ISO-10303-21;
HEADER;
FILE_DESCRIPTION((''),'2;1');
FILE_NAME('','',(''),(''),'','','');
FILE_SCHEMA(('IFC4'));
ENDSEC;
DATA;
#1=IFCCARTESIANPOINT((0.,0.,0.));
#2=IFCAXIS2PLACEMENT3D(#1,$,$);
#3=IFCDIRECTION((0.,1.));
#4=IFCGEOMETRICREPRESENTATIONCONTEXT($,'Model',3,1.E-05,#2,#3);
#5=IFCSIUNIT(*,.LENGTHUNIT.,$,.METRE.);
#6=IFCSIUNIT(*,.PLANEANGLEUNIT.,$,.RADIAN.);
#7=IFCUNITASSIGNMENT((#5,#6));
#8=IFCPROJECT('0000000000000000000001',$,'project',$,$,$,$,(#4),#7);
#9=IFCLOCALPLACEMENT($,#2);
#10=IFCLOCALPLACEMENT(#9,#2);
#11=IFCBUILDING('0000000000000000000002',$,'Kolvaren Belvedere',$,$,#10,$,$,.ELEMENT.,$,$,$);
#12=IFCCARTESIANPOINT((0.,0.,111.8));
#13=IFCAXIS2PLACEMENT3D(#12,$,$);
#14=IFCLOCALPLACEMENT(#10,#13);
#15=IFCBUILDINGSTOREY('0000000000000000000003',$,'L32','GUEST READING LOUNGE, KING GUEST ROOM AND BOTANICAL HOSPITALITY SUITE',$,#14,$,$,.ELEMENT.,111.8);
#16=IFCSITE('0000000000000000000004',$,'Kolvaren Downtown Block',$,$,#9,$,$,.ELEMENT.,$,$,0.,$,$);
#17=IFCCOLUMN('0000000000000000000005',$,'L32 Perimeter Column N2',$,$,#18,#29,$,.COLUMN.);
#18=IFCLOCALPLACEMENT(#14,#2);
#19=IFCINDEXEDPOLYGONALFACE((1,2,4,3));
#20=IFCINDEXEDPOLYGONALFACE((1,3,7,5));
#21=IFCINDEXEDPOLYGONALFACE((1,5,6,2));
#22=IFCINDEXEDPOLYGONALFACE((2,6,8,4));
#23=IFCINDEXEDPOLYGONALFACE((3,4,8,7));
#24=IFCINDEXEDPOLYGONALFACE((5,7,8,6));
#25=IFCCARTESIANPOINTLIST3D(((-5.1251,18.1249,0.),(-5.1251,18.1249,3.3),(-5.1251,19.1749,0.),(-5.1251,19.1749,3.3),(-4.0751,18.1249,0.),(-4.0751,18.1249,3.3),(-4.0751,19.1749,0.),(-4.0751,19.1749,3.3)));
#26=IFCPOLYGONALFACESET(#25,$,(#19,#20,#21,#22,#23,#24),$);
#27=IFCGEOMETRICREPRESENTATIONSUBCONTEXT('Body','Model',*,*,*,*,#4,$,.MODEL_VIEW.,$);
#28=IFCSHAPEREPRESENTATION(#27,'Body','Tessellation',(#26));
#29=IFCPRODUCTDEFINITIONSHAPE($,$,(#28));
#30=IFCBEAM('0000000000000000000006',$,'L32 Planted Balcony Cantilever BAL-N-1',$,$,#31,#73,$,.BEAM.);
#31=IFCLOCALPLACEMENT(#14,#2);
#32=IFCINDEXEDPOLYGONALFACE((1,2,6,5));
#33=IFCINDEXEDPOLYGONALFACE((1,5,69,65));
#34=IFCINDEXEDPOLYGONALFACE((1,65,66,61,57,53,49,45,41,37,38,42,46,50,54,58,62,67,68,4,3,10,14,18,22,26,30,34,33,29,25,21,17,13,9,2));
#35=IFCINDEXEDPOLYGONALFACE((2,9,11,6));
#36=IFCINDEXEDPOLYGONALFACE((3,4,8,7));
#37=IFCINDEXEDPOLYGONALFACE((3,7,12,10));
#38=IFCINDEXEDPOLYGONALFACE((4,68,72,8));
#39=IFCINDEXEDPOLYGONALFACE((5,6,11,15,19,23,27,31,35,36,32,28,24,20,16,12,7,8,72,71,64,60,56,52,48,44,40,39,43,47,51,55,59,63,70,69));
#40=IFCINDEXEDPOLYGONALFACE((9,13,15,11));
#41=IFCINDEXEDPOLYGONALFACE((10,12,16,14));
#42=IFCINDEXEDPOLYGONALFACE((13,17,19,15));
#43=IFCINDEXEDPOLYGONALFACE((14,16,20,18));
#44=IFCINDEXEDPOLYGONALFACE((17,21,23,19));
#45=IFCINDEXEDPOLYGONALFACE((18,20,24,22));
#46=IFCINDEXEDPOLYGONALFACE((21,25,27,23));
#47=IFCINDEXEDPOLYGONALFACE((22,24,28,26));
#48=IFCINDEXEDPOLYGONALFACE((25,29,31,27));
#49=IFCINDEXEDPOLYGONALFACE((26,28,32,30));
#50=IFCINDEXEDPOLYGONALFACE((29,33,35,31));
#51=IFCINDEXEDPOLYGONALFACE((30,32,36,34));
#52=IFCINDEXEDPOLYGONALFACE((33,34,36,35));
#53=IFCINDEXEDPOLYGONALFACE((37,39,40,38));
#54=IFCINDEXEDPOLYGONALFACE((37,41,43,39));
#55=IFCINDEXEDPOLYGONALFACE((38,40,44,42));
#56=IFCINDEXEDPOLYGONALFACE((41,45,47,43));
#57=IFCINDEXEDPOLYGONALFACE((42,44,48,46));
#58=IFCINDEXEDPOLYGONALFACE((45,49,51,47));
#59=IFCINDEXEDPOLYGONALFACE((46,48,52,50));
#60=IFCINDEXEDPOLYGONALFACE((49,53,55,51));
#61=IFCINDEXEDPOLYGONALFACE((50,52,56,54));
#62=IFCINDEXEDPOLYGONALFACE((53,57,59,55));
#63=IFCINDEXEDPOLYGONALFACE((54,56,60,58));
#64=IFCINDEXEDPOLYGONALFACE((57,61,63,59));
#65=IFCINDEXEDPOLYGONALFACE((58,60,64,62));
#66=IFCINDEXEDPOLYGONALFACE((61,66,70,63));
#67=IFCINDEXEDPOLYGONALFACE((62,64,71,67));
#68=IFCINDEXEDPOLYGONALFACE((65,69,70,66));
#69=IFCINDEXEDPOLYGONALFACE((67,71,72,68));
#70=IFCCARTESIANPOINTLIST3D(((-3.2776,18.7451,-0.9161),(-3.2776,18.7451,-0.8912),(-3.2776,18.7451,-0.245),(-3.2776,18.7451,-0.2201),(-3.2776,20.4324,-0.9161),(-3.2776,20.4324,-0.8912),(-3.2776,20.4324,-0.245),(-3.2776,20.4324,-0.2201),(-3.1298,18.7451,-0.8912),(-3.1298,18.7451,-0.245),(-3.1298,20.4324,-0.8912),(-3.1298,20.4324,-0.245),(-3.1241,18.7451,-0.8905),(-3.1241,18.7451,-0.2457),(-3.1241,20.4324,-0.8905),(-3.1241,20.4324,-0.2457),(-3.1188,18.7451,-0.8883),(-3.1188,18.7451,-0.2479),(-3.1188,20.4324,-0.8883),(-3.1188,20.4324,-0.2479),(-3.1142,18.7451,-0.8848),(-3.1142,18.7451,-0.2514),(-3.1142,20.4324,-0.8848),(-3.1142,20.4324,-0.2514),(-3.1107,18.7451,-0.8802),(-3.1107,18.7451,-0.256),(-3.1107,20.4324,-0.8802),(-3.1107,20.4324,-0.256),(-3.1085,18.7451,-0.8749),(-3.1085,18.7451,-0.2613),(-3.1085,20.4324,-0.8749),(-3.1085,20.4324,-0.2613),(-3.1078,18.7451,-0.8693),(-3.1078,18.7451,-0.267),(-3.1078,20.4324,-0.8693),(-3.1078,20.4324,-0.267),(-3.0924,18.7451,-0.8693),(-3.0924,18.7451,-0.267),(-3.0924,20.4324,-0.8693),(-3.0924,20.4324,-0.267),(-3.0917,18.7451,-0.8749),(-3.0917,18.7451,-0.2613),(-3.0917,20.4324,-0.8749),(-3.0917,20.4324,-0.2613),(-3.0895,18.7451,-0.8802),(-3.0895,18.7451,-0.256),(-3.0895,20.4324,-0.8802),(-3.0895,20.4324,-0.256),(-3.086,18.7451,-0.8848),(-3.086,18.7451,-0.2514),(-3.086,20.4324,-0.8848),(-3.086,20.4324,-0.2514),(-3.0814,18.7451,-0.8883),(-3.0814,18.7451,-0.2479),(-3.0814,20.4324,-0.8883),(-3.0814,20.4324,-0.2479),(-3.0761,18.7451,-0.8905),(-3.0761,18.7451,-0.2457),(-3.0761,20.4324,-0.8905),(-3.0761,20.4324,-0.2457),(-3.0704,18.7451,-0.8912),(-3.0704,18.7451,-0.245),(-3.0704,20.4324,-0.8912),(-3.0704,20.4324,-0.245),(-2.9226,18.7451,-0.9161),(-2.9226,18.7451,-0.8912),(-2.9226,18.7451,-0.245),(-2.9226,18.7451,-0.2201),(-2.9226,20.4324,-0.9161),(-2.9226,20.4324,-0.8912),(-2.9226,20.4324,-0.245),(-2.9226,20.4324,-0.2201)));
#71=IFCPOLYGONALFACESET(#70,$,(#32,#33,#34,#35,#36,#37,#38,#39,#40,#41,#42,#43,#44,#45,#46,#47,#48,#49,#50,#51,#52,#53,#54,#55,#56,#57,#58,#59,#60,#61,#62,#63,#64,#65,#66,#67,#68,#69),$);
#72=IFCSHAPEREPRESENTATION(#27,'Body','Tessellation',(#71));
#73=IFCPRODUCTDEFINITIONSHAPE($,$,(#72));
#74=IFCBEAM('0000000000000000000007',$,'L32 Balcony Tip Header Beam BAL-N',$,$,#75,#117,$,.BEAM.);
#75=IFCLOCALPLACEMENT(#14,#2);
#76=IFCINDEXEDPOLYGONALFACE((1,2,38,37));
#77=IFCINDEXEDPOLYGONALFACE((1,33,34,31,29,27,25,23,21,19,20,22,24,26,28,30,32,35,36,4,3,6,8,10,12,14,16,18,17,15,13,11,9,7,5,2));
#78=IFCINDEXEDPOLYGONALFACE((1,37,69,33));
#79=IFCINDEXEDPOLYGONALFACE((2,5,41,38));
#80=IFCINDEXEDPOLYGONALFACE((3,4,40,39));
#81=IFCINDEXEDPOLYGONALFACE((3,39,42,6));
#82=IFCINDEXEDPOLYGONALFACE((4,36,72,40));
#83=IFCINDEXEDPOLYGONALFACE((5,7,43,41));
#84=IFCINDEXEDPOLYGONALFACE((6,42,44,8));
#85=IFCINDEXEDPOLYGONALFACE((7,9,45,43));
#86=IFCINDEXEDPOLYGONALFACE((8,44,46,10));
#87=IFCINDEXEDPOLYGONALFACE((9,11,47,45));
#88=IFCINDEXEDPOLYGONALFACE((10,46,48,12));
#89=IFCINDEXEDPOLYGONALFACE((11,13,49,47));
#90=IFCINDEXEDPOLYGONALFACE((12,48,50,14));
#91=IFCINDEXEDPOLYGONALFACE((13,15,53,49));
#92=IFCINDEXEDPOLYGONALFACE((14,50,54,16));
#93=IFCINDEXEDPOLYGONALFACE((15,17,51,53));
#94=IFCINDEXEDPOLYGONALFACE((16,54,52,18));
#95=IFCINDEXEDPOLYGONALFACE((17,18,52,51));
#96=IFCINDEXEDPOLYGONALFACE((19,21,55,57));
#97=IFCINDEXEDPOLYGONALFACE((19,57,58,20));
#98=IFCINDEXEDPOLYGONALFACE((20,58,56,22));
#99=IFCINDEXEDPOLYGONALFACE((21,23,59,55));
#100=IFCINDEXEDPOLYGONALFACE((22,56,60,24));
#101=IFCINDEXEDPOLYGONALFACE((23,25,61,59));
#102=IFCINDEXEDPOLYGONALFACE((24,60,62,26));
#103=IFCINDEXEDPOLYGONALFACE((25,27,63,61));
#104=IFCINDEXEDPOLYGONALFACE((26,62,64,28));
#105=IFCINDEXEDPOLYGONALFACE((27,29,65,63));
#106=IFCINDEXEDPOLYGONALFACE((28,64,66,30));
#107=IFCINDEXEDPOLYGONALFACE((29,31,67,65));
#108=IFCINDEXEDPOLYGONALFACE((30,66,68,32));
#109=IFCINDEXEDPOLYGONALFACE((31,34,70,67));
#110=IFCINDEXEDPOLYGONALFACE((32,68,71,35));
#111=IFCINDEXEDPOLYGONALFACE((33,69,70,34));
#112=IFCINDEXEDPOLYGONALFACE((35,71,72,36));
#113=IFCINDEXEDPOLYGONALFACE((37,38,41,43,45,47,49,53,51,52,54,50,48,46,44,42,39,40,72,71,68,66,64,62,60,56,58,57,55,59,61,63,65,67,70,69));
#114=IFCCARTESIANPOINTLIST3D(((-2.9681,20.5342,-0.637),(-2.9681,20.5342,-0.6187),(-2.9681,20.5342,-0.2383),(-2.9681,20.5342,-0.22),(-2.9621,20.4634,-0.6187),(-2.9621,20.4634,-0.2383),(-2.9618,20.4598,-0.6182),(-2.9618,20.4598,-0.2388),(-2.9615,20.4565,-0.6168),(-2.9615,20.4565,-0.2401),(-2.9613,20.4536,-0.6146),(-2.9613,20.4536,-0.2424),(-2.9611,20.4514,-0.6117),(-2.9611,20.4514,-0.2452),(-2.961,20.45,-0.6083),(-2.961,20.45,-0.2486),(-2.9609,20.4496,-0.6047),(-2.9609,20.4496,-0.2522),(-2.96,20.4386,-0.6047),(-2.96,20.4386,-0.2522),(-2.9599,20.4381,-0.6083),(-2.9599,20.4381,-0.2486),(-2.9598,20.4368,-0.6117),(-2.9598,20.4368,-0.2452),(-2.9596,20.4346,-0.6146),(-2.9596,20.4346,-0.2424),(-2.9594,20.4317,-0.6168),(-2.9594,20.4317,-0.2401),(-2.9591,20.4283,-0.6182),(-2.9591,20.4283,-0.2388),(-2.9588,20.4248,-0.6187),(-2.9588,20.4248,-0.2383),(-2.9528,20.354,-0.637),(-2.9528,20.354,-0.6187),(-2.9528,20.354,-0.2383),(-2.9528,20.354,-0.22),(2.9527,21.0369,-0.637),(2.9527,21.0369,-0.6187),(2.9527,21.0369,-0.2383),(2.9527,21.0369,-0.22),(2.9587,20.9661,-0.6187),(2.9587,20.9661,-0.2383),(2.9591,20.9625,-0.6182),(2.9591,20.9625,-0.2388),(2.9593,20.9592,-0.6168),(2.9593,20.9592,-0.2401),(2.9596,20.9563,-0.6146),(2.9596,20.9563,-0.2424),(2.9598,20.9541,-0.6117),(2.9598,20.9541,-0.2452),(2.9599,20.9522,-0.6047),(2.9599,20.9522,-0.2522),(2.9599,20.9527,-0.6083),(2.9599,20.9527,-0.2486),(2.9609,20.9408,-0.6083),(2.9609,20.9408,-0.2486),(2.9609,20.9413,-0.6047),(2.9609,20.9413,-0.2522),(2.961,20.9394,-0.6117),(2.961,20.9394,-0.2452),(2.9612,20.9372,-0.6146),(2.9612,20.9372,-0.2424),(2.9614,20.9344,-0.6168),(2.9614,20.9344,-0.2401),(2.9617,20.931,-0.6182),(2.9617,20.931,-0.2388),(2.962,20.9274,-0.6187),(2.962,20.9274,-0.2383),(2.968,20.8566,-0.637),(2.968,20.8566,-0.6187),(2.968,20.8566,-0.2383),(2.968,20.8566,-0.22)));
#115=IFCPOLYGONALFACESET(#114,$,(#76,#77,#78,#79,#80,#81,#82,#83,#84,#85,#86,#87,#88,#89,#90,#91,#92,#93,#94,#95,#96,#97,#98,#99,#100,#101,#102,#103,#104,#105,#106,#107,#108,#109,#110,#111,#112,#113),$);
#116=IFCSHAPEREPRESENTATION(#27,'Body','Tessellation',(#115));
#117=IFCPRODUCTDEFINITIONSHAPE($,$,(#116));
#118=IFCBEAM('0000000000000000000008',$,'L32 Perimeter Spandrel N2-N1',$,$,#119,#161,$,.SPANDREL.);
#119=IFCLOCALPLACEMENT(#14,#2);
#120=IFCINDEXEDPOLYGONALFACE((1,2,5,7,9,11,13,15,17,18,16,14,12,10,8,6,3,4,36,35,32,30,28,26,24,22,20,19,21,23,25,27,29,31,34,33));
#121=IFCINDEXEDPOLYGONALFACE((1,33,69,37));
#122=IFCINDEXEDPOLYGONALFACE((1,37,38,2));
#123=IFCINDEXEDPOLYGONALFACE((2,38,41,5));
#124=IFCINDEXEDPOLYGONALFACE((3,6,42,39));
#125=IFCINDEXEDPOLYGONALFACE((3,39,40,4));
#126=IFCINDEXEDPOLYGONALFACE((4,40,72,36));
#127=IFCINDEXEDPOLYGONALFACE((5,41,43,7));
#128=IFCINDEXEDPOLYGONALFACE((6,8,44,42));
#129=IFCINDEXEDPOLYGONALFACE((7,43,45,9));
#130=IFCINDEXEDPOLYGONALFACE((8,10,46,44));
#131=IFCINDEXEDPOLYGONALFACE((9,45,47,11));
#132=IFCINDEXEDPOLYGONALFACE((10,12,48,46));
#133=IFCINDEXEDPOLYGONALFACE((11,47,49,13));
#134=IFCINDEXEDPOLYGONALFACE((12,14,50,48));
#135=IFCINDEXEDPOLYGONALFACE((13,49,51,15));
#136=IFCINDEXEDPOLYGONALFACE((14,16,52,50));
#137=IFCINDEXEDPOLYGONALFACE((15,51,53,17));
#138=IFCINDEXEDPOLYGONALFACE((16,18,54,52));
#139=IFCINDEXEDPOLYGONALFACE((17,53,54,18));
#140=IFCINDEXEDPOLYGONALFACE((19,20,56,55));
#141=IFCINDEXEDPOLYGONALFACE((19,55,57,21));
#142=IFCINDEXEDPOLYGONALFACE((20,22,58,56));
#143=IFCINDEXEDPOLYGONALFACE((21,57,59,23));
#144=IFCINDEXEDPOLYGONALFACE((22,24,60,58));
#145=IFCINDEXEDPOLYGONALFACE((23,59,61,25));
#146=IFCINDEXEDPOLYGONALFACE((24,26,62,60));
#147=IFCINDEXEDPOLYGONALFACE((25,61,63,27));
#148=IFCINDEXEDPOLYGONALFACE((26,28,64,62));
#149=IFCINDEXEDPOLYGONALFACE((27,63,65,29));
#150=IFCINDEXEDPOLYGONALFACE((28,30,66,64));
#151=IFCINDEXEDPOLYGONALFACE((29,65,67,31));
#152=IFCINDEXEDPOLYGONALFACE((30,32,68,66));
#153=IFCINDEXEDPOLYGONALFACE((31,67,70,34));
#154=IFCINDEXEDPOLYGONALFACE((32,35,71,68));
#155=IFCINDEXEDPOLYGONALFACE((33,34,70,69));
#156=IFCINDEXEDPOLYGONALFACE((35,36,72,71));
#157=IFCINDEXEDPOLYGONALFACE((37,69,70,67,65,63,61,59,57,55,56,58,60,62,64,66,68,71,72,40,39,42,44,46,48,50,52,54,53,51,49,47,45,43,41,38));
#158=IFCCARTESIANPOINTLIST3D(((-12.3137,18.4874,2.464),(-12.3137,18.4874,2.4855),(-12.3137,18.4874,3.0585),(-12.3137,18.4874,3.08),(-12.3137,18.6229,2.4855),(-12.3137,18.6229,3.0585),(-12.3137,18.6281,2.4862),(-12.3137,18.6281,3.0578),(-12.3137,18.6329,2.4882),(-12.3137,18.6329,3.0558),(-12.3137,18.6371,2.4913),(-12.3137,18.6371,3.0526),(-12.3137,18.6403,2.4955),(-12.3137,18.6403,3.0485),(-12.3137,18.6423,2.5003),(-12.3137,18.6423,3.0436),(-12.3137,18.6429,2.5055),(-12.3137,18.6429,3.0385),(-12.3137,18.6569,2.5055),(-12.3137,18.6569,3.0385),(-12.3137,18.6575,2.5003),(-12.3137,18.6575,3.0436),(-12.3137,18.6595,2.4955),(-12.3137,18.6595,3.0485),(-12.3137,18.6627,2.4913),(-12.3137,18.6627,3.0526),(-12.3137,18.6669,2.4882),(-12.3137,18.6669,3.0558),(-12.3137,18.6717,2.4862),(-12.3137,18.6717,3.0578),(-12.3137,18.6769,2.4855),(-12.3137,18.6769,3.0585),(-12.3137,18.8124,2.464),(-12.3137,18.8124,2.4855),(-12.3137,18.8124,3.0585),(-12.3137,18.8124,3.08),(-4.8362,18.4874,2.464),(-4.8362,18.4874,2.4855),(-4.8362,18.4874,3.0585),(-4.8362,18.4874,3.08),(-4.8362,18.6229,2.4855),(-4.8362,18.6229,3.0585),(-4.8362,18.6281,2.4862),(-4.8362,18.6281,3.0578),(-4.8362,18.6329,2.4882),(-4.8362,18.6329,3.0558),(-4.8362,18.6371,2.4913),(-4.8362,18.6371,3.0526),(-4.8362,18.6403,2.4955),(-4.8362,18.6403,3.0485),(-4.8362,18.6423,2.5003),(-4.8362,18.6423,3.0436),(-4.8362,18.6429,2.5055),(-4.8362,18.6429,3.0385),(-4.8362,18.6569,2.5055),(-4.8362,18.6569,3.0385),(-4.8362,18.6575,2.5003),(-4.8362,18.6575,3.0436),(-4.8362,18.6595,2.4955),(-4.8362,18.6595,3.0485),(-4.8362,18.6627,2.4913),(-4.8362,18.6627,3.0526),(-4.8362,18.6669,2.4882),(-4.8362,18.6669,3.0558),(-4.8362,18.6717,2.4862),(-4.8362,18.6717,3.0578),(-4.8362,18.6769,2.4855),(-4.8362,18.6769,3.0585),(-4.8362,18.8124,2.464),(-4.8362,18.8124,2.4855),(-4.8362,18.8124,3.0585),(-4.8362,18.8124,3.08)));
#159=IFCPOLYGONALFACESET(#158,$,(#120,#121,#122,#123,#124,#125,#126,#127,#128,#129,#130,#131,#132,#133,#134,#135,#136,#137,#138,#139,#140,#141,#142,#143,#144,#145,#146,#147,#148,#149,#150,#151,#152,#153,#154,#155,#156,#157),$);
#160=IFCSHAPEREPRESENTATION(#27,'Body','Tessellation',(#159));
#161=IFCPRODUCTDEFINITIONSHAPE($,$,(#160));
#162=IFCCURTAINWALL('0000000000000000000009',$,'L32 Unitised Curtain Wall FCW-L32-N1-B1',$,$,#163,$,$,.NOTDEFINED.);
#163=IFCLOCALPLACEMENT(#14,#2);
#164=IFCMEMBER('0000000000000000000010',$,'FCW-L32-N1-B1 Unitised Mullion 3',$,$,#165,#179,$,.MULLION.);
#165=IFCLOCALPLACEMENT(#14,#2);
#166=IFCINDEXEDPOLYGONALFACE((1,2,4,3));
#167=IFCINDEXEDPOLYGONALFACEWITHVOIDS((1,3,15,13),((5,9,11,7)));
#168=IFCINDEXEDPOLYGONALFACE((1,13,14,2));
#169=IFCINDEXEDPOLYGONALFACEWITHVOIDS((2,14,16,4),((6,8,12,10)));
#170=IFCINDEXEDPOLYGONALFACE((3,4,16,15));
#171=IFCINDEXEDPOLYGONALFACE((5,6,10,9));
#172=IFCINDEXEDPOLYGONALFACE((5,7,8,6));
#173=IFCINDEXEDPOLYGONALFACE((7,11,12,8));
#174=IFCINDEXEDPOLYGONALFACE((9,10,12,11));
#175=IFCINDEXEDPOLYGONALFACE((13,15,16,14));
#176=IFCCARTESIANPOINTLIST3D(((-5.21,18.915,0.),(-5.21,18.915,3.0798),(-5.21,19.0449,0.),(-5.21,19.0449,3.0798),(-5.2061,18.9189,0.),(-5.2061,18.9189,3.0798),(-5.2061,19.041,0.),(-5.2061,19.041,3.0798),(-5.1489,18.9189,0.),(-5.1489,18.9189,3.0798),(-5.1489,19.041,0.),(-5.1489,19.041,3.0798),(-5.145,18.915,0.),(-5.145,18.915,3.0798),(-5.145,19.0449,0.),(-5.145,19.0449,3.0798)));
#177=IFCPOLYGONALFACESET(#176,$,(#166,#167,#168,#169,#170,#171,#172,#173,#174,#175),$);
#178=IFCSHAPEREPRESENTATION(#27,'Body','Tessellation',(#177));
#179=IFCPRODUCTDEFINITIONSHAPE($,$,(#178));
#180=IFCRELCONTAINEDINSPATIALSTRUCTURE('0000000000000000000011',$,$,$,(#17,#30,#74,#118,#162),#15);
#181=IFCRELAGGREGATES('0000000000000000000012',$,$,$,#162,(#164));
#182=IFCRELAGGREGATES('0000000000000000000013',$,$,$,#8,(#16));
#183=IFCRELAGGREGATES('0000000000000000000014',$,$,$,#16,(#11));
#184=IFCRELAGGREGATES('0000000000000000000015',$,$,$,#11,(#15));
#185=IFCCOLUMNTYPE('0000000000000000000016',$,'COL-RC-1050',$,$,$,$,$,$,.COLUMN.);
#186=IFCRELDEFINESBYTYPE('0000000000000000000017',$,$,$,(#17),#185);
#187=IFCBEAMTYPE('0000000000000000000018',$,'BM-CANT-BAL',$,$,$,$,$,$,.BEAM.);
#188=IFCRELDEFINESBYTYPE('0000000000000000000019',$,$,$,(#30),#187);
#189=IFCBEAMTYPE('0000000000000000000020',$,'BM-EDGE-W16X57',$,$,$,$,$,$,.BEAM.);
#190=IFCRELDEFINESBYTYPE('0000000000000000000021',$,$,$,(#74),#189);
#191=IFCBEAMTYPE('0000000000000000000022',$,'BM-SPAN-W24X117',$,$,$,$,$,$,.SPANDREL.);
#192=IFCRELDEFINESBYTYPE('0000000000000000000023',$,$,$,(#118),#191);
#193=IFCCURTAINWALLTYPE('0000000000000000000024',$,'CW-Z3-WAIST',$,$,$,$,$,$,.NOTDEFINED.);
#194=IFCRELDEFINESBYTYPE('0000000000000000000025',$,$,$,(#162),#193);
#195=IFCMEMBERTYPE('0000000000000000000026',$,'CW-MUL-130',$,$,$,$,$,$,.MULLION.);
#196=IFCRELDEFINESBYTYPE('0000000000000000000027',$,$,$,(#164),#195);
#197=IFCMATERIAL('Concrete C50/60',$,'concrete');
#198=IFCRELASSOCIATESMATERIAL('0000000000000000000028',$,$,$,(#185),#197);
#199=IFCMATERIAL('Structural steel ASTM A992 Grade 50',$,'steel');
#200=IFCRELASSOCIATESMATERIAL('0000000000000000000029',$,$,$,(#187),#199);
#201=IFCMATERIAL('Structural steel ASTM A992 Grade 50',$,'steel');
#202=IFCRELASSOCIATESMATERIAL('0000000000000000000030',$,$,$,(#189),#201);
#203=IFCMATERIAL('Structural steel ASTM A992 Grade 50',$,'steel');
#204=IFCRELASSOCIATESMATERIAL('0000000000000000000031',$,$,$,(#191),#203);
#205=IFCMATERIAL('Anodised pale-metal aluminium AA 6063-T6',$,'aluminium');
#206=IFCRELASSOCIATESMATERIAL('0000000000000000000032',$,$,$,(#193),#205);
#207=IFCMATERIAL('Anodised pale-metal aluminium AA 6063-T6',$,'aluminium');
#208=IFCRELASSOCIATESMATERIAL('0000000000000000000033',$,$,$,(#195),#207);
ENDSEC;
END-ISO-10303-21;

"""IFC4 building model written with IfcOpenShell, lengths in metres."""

from ifc_helpers import new_model, si_unit, direction, frame, origin, origin_2d, place, context, subcontext, project, spatial, rectangle, hollow_rectangle, i_section, extrude, material, material_profile, profile_set, type_object, element, aggregate, save


model = new_model("IFC4")

# Units and contexts
model_context = context("Model", 3, precision=1e-05, world=origin(), true_north=direction((0.0, 1.0)))
body_context = subcontext(model_context, "Body", "Model", "MODEL_VIEW")
ifc_project = project(units=[si_unit("LENGTHUNIT", "METRE"), si_unit("PLANEANGLEUNIT", "RADIAN")], contexts=[model_context])

# Site, building, storey
site_placement = place(None, origin())
site = spatial("IfcSite", under=ifc_project, at=site_placement, Name="Kolvaren Downtown Block", CompositionType="ELEMENT", RefElevation=0.0)
building_placement = place(site_placement, origin())
building = spatial("IfcBuilding", under=site, at=building_placement, Name="Kolvaren Belvedere", CompositionType="ELEMENT")
storey_placement = place(building_placement, frame((0.0, 0.0, 111.8)))
storey = spatial("IfcBuildingStorey", under=building, at=storey_placement, Name="L32", Description="GUEST READING LOUNGE, KING GUEST ROOM AND BOTANICAL HOSPITALITY SUITE", CompositionType="ELEMENT", Elevation=111.8)

# Column
ifc_material_1 = material(Name="Concrete C50/60", Category="concrete")
ifc_material_profile_1 = material_profile(ifc_material_1, rectangle(XDim=1.05, YDim=1.05, at=origin_2d()), Name="RC 1050X1050")
ifc_profile_set_1 = profile_set([ifc_material_profile_1], Name="Concrete C50/60")
column_type = type_object("IfcColumnType", Name="COL-RC-1050", PredefinedType="COLUMN", material=ifc_profile_set_1)
column_placement = place(storey_placement, frame((-4.6001, 18.6499, 0.0), z_axis=(0.0, 0.0, 1.0), x_axis=(1.0, 0.0, 0.0)))
element("IfcColumn", 1, at=column_placement, inside=storey, type_object=column_type, Name="L32 Perimeter Column N2", PredefinedType="COLUMN", context=body_context, shape_type="SweptSolid", body=[
    extrude(rectangle(XDim=1.05, YDim=1.05, at=origin_2d()), origin(), (0.0, 0.0, 1.0), 3.3),
])

# Beams
ifc_material_2 = material(Name="Structural steel ASTM A992 Grade 50", Category="steel")
ifc_material_profile_2 = material_profile(ifc_material_2, i_section(OverallWidth=0.355, OverallDepth=0.696, WebThickness=0.0154, FlangeThickness=0.0249, FilletRadius=0.022, at=origin_2d()), Name="W27X146")
ifc_profile_set_2 = profile_set([ifc_material_profile_2], Name="Structural steel ASTM A992 Grade 50")
beam_type_1 = type_object("IfcBeamType", Name="BM-CANT-BAL", PredefinedType="BEAM", material=ifc_profile_set_2)
beam_1_placement = place(storey_placement, frame((-3.1001, 18.7451, -0.5681), z_axis=(0.0, 1.0, 0.0), x_axis=(-1.0, 0.0, 0.0)))
element("IfcBeam", 2, at=beam_1_placement, inside=storey, type_object=beam_type_1, Name="L32 Planted Balcony Cantilever BAL-N-1", PredefinedType="BEAM", context=body_context, shape_type="SweptSolid", body=[
    extrude(i_section(OverallWidth=0.355, OverallDepth=0.696, WebThickness=0.0154, FlangeThickness=0.0249, FilletRadius=0.022, at=origin_2d()), origin(), (0.0, 0.0, 1.0), 1.6873),
])
ifc_material_3 = material(Name="Structural steel ASTM A992 Grade 50", Category="steel")
ifc_material_profile_3 = material_profile(ifc_material_3, i_section(OverallWidth=0.1809, OverallDepth=0.417, WebThickness=0.011, FlangeThickness=0.0183, FilletRadius=0.0139, at=origin_2d()), Name="W16X57")
ifc_profile_set_3 = profile_set([ifc_material_profile_3], Name="Structural steel ASTM A992 Grade 50")
beam_type_2 = type_object("IfcBeamType", Name="BM-EDGE-W16X57", PredefinedType="BEAM", material=ifc_profile_set_3)
beam_2_placement = place(storey_placement, frame((-2.9604, 20.4441, -0.4285), z_axis=(0.996415, 0.084596, 0.0), x_axis=(-0.084596, 0.996415, 0.0)))
element("IfcBeam", 3, at=beam_2_placement, inside=storey, type_object=beam_type_2, Name="L32 Balcony Tip Header Beam BAL-N", PredefinedType="BEAM", context=body_context, shape_type="SweptSolid", body=[
    extrude(i_section(OverallWidth=0.1809, OverallDepth=0.417, WebThickness=0.011, FlangeThickness=0.0183, FilletRadius=0.0139, at=origin_2d()), origin(), (0.0, 0.0, 1.0), 5.9421),
])
ifc_material_4 = material(Name="Structural steel ASTM A992 Grade 50", Category="steel")
ifc_material_profile_4 = material_profile(ifc_material_4, i_section(OverallWidth=0.325, OverallDepth=0.616, WebThickness=0.0139, FlangeThickness=0.0215, FilletRadius=0.02, at=origin_2d()), Name="W24X117")
ifc_profile_set_4 = profile_set([ifc_material_profile_4], Name="Structural steel ASTM A992 Grade 50")
beam_type_3 = type_object("IfcBeamType", Name="BM-SPAN-W24X117", PredefinedType="SPANDREL", material=ifc_profile_set_4)
beam_3_placement = place(storey_placement, frame((-4.8362, 18.6499, 2.772), z_axis=(-1.0, 0.0, 0.0), x_axis=(0.0, -1.0, 0.0)))
element("IfcBeam", 4, at=beam_3_placement, inside=storey, type_object=beam_type_3, Name="L32 Perimeter Spandrel N2-N1", PredefinedType="SPANDREL", context=body_context, shape_type="SweptSolid", body=[
    extrude(i_section(OverallWidth=0.325, OverallDepth=0.616, WebThickness=0.0139, FlangeThickness=0.0215, FilletRadius=0.02, at=origin_2d()), origin(), (0.0, 0.0, 1.0), 7.4775),
])

# Curtain wall, member
ifc_material_5 = material(Name="Anodised pale-metal aluminium AA 6063-T6", Category="aluminium")
curtain_wall_type = type_object("IfcCurtainWallType", Name="CW-Z3-WAIST", PredefinedType="NOTDEFINED", material=ifc_material_5)
curtain_wall_1_placement = place(storey_placement, origin())
curtain_wall_1 = element("IfcCurtainWall", 5, at=curtain_wall_1_placement, inside=storey, type_object=curtain_wall_type, Name="L32 Unitised Curtain Wall FCW-L32-N1-B1", PredefinedType="NOTDEFINED")
ifc_material_6 = material(Name="Anodised pale-metal aluminium AA 6063-T6", Category="aluminium")
ifc_material_profile_5 = material_profile(ifc_material_6, hollow_rectangle(XDim=0.0649, YDim=0.1299, WallThickness=0.0039, at=origin_2d()), Name="ALU-MUL-130X65")
ifc_profile_set_5 = profile_set([ifc_material_profile_5], Name="Anodised pale-metal aluminium AA 6063-T6")
member_type_1 = type_object("IfcMemberType", Name="CW-MUL-130", PredefinedType="MULLION", material=ifc_profile_set_5)
member_1_placement = place(storey_placement, frame((-5.1775, 18.98, 0.0), z_axis=(0.0, 0.0, 1.0), x_axis=(1.0, 0.0, 0.0)))
member_1 = element("IfcMember", 6, at=member_1_placement, type_object=member_type_1, Name="FCW-L32-N1-B1 Unitised Mullion 3", PredefinedType="MULLION", context=body_context, shape_type="SweptSolid", body=[
    extrude(hollow_rectangle(XDim=0.0649, YDim=0.1299, WallThickness=0.0039, at=origin_2d()), origin(), (0.0, 0.0, 1.0), 3.0798),
])
aggregate(curtain_wall_1, [member_1])

save(model, "model.ifc")
